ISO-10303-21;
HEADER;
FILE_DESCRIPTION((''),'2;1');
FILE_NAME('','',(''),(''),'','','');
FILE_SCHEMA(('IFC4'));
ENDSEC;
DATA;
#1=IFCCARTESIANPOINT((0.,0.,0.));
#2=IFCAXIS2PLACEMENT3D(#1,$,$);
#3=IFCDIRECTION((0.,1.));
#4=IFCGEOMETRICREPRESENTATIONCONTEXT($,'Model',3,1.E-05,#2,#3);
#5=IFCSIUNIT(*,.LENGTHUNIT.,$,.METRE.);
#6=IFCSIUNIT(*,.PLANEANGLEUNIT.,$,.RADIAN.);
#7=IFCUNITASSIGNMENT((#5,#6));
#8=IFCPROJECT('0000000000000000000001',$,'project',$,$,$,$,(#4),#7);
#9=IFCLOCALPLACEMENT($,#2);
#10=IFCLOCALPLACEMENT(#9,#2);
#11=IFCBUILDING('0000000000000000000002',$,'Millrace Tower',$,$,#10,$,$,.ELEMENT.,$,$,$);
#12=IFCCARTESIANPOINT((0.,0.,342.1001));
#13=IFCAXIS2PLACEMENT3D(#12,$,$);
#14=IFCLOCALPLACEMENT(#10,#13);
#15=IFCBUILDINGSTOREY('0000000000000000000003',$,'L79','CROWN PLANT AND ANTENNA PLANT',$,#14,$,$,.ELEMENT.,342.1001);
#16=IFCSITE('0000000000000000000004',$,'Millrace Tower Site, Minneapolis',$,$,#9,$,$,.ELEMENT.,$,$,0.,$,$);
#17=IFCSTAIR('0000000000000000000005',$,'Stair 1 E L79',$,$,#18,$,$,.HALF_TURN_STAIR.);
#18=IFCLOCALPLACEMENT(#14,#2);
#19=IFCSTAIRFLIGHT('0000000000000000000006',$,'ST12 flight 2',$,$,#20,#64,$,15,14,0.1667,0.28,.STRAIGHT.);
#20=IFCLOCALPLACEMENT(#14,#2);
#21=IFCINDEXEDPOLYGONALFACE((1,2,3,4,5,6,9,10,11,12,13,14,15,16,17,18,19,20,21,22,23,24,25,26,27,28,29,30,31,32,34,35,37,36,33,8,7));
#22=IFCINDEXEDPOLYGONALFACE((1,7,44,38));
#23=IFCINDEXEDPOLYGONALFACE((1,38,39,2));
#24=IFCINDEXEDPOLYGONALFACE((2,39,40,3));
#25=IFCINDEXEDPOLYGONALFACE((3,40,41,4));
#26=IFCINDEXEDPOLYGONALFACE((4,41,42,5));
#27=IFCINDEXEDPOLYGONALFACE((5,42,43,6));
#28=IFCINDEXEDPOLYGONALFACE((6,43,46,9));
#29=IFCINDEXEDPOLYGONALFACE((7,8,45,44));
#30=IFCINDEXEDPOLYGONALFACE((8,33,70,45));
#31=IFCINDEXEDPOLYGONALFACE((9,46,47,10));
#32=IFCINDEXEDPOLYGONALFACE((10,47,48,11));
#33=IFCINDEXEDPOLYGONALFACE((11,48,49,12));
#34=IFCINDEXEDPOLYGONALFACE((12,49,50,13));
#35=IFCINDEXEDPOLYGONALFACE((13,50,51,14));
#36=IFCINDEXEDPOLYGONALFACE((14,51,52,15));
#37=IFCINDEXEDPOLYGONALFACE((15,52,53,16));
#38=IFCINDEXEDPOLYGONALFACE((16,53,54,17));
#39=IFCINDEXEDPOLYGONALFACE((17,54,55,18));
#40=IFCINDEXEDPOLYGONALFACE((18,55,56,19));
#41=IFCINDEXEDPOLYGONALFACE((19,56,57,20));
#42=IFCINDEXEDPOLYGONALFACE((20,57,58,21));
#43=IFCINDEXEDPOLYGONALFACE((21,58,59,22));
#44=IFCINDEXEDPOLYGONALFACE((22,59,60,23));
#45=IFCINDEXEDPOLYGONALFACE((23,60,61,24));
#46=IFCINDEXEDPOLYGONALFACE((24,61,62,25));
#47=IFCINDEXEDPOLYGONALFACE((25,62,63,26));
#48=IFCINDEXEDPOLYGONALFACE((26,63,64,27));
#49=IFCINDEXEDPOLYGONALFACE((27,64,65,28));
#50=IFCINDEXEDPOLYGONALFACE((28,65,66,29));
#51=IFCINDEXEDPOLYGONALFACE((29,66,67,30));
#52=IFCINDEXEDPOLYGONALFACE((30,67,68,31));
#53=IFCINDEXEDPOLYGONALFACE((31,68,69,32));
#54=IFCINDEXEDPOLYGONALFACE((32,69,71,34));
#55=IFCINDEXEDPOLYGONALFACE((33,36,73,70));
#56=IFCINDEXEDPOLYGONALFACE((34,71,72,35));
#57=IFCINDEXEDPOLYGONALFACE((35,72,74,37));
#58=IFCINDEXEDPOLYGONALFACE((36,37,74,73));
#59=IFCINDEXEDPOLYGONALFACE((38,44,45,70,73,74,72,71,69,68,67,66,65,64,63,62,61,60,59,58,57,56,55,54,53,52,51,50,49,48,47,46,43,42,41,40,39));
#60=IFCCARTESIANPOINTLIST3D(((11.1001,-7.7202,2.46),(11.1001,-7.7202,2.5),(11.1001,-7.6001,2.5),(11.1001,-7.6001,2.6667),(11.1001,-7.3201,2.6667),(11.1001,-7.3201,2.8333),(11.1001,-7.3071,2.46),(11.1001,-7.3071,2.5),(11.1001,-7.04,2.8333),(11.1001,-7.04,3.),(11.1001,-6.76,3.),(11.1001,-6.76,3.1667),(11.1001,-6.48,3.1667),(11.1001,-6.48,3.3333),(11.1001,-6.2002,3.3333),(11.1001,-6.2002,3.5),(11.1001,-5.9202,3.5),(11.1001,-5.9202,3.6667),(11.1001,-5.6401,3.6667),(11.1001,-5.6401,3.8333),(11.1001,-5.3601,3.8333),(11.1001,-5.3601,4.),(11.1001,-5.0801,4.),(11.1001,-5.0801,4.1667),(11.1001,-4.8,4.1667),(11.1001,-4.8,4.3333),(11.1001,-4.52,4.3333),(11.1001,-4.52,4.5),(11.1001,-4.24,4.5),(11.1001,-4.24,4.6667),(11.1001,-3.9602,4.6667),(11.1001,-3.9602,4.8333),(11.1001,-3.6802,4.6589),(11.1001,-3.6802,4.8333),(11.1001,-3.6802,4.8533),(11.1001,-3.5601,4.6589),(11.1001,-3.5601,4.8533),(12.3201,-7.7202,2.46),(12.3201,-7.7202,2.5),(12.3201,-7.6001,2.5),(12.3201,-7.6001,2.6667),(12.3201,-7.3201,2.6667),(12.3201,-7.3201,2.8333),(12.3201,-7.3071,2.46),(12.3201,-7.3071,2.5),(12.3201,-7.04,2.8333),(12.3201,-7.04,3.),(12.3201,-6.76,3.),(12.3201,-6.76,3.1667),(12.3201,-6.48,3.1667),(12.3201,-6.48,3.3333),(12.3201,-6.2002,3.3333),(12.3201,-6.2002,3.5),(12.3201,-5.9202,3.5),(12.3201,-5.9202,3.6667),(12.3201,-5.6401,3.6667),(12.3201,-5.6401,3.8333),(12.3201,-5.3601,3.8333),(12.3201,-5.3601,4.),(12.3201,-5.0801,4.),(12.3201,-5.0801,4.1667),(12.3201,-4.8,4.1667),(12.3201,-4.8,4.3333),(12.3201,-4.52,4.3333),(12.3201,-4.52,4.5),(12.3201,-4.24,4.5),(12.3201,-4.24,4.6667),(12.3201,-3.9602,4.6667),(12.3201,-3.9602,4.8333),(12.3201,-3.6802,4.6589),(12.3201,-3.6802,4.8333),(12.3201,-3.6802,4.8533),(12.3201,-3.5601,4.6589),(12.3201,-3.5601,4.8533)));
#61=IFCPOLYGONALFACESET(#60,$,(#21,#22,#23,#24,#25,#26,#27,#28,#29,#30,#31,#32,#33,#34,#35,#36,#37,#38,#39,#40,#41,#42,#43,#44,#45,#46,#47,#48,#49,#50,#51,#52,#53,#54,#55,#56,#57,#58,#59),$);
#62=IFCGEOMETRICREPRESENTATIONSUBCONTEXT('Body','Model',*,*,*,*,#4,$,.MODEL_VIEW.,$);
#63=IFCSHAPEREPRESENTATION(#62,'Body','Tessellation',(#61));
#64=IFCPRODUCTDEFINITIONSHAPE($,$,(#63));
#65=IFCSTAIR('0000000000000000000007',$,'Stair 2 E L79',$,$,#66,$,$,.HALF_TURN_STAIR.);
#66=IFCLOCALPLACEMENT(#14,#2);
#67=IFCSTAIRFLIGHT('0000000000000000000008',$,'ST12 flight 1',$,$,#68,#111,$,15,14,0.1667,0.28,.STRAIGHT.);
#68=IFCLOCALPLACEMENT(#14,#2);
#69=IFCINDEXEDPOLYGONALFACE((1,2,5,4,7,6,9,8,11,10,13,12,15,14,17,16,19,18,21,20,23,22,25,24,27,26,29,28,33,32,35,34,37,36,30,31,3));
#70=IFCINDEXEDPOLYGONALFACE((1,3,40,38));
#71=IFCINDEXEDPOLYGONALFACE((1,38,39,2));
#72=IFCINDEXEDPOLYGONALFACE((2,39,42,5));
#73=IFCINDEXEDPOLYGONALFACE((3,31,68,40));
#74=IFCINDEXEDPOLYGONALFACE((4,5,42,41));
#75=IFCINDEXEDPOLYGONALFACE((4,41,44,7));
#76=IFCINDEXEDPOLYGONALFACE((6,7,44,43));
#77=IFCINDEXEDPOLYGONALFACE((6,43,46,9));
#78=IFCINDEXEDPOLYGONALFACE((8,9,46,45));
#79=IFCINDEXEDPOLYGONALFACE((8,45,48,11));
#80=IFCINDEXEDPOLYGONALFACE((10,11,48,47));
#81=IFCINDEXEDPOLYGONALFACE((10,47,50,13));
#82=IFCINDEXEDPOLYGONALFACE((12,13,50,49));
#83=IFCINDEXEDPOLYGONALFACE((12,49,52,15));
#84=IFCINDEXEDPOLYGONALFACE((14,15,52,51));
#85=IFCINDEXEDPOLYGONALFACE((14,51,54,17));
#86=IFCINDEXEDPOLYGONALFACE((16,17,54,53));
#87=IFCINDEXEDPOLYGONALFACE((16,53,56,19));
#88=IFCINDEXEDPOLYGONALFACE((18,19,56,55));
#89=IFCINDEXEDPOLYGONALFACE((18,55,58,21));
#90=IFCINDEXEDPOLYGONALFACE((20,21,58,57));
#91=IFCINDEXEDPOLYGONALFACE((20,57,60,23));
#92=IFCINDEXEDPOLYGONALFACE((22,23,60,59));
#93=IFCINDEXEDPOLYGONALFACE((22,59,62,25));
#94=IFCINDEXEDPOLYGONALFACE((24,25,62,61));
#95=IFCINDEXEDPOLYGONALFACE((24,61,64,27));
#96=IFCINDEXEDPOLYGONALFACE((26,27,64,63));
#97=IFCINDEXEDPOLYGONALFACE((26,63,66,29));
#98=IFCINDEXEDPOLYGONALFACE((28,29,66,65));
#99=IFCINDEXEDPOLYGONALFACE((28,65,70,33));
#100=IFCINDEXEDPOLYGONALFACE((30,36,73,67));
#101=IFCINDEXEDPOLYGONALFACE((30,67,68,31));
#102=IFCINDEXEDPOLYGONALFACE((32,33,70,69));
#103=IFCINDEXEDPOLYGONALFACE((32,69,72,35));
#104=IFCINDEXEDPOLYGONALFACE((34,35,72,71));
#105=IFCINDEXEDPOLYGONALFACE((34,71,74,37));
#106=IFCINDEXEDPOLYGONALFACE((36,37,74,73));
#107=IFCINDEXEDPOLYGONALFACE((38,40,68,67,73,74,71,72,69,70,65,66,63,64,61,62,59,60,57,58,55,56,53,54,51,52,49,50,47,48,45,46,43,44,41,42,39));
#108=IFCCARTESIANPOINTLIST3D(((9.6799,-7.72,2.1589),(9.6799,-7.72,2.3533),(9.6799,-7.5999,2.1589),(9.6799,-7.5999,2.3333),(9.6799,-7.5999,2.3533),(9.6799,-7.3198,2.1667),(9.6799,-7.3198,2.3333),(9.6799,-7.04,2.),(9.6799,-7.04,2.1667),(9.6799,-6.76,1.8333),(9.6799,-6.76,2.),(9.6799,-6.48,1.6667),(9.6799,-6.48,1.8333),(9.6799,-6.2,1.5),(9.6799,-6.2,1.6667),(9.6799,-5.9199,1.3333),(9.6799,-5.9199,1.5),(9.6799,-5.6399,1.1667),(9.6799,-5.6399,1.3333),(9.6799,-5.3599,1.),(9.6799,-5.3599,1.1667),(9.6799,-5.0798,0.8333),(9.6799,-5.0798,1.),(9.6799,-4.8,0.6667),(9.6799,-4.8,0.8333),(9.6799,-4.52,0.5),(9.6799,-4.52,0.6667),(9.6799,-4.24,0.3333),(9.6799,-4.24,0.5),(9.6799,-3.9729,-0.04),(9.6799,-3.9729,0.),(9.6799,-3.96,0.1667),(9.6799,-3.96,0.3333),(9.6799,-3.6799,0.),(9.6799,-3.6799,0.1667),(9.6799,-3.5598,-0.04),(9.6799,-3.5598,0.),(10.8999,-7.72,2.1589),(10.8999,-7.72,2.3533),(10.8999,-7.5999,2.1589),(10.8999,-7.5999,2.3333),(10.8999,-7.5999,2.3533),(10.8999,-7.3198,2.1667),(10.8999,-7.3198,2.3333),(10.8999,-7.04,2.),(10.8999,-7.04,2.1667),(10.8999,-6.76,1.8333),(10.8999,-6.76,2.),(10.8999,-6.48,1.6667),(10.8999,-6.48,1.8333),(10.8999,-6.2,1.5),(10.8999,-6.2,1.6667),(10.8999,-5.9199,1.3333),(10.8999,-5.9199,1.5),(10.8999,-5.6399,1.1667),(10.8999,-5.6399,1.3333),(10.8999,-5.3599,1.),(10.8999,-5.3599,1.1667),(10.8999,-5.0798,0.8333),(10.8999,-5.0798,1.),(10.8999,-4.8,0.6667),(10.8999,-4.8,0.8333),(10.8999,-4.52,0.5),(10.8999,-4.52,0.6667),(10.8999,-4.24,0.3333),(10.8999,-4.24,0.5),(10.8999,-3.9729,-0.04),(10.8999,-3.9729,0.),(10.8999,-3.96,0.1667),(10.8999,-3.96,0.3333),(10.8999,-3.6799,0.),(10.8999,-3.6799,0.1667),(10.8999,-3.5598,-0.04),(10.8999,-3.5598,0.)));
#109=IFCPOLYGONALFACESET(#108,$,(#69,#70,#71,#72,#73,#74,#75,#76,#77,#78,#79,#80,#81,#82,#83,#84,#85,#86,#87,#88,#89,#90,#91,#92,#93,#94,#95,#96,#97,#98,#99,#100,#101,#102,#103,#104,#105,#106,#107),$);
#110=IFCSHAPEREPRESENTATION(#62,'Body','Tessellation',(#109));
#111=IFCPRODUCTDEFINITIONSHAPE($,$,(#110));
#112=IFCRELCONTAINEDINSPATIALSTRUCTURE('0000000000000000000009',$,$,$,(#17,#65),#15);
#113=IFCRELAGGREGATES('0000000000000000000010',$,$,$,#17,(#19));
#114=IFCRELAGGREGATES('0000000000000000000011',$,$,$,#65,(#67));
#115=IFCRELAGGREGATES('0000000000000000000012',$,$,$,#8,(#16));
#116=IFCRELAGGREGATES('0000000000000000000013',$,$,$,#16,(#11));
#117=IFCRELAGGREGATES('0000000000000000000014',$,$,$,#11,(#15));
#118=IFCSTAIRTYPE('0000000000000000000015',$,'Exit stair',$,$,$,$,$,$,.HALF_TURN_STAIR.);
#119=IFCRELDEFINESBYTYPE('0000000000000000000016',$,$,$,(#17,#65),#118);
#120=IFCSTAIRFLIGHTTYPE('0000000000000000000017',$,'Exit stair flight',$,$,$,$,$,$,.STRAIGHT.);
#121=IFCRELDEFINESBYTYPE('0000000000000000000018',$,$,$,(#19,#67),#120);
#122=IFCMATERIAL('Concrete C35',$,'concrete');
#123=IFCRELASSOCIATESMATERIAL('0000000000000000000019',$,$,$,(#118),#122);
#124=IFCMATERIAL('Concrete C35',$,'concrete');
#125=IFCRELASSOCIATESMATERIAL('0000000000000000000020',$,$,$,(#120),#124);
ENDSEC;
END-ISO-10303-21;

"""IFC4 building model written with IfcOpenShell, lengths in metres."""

from ifc_helpers import new_model, si_unit, direction, frame, origin, place, context, subcontext, project, spatial, polyline, outline, extrude, material, type_object, element, aggregate, save


model = new_model("IFC4")

# Units and contexts
model_context = context("Model", 3, precision=1e-05, world=origin(), true_north=direction((0.0, 1.0)))
body_context = subcontext(model_context, "Body", "Model", "MODEL_VIEW")
ifc_project = project(units=[si_unit("LENGTHUNIT", "METRE"), si_unit("PLANEANGLEUNIT", "RADIAN")], contexts=[model_context])

# Site, building, storey
site_placement = place(None, origin())
site = spatial("IfcSite", under=ifc_project, at=site_placement, Name="Millrace Tower Site, Minneapolis", CompositionType="ELEMENT", RefElevation=0.0)
building_placement = place(site_placement, origin())
building = spatial("IfcBuilding", under=site, at=building_placement, Name="Millrace Tower", CompositionType="ELEMENT")
storey_placement = place(building_placement, frame((0.0, 0.0, 342.1001)))
storey = spatial("IfcBuildingStorey", under=building, at=storey_placement, Name="L79", Description="CROWN PLANT AND ANTENNA PLANT", CompositionType="ELEMENT", Elevation=342.1001)

# Shared definitions
placement = place(storey_placement, origin())

# Stair, stair flight
ifc_material_1 = material(Name="Concrete C35", Category="concrete")
stair_type = type_object("IfcStairType", Name="Exit stair", PredefinedType="HALF_TURN_STAIR", material=ifc_material_1)
stair_1 = element("IfcStair", 1, at=placement, inside=storey, type_object=stair_type, Name="Stair 1 E L79", PredefinedType="HALF_TURN_STAIR")
ifc_material_2 = material(Name="Concrete C35", Category="concrete")
stair_flight_type = type_object("IfcStairFlightType", Name="Exit stair flight", PredefinedType="STRAIGHT", material=ifc_material_2)
stair_flight_1_placement = place(storey_placement, frame((11.71, -7.6001, 2.5), z_axis=(0.0, 0.0, 1.0), x_axis=(0.0, 1.0, 0.0)))
stair_flight_1 = element("IfcStairFlight", 2, at=stair_flight_1_placement, type_object=stair_flight_type, Name="ST12 flight 2", NumberOfRisers=15, NumberOfTreads=14, PredefinedType="STRAIGHT", RiserHeight=0.1667, TreadLength=0.28, context=body_context, shape_type="SweptSolid", body=[
    extrude(outline(polyline([(-0.1201, -0.04), (-0.1201, 0.0), (0.0, 0.0), (0.0, 0.1667), (0.28, 0.1667), (0.28, 0.3333), (0.5601, 0.3333), (0.5601, 0.5), (0.8401, 0.5), (0.8401, 0.6667), (1.1201, 0.6667), (1.1201, 0.8333), (1.3999, 0.8333), (1.3999, 1.0), (1.6799, 1.0), (1.6799, 1.1667), (1.96, 1.1667), (1.96, 1.3333), (2.24, 1.3333), (2.24, 1.5), (2.52, 1.5), (2.52, 1.6667), (2.8, 1.6667), (2.8, 1.8333), (3.0801, 1.8333), (3.0801, 2.0), (3.3601, 2.0), (3.3601, 2.1667), (3.6399, 2.1667), (3.6399, 2.3333), (3.9199, 2.3333), (3.9199, 2.3533), (4.04, 2.3533), (4.04, 2.1589), (3.9199, 2.1589), (0.293, 0.0), (0.293, -0.04), (-0.1201, -0.04)])), frame((0.0, 0.6099, 0.0), z_axis=(0.0, -1.0, 0.0), x_axis=(1.0, 0.0, 0.0)), (0.0, 0.0, 1.0), 1.22),
])
aggregate(stair_1, [stair_flight_1])

# Stair, stair flight
stair_2 = element("IfcStair", 3, at=placement, inside=storey, type_object=stair_type, Name="Stair 2 E L79", PredefinedType="HALF_TURN_STAIR")
stair_flight_2_placement = place(storey_placement, frame((10.29, -3.6799, 0.0), z_axis=(0.0, 0.0, 1.0), x_axis=(0.0, -1.0, 0.0)))
stair_flight_2 = element("IfcStairFlight", 4, at=stair_flight_2_placement, type_object=stair_flight_type, Name="ST12 flight 1", NumberOfRisers=15, NumberOfTreads=14, PredefinedType="STRAIGHT", RiserHeight=0.1667, TreadLength=0.28, context=body_context, shape_type="SweptSolid", body=[
    extrude(outline(polyline([(-0.1201, -0.04), (-0.1201, 0.0), (0.0, 0.0), (0.0, 0.1667), (0.28, 0.1667), (0.28, 0.3333), (0.5601, 0.3333), (0.5601, 0.5), (0.8401, 0.5), (0.8401, 0.6667), (1.1201, 0.6667), (1.1201, 0.8333), (1.3999, 0.8333), (1.3999, 1.0), (1.6799, 1.0), (1.6799, 1.1667), (1.96, 1.1667), (1.96, 1.3333), (2.24, 1.3333), (2.24, 1.5), (2.52, 1.5), (2.52, 1.6667), (2.8, 1.6667), (2.8, 1.8333), (3.0801, 1.8333), (3.0801, 2.0), (3.3601, 2.0), (3.3601, 2.1667), (3.6399, 2.1667), (3.6399, 2.3333), (3.9199, 2.3333), (3.9199, 2.3533), (4.04, 2.3533), (4.04, 2.1589), (3.9199, 2.1589), (0.293, 0.0), (0.293, -0.04), (-0.1201, -0.04)])), frame((0.0, 0.6099, 0.0), z_axis=(0.0, -1.0, 0.0), x_axis=(1.0, 0.0, 0.0)), (0.0, 0.0, 1.0), 1.22),
])
aggregate(stair_2, [stair_flight_2])

save(model, "model.ifc")
